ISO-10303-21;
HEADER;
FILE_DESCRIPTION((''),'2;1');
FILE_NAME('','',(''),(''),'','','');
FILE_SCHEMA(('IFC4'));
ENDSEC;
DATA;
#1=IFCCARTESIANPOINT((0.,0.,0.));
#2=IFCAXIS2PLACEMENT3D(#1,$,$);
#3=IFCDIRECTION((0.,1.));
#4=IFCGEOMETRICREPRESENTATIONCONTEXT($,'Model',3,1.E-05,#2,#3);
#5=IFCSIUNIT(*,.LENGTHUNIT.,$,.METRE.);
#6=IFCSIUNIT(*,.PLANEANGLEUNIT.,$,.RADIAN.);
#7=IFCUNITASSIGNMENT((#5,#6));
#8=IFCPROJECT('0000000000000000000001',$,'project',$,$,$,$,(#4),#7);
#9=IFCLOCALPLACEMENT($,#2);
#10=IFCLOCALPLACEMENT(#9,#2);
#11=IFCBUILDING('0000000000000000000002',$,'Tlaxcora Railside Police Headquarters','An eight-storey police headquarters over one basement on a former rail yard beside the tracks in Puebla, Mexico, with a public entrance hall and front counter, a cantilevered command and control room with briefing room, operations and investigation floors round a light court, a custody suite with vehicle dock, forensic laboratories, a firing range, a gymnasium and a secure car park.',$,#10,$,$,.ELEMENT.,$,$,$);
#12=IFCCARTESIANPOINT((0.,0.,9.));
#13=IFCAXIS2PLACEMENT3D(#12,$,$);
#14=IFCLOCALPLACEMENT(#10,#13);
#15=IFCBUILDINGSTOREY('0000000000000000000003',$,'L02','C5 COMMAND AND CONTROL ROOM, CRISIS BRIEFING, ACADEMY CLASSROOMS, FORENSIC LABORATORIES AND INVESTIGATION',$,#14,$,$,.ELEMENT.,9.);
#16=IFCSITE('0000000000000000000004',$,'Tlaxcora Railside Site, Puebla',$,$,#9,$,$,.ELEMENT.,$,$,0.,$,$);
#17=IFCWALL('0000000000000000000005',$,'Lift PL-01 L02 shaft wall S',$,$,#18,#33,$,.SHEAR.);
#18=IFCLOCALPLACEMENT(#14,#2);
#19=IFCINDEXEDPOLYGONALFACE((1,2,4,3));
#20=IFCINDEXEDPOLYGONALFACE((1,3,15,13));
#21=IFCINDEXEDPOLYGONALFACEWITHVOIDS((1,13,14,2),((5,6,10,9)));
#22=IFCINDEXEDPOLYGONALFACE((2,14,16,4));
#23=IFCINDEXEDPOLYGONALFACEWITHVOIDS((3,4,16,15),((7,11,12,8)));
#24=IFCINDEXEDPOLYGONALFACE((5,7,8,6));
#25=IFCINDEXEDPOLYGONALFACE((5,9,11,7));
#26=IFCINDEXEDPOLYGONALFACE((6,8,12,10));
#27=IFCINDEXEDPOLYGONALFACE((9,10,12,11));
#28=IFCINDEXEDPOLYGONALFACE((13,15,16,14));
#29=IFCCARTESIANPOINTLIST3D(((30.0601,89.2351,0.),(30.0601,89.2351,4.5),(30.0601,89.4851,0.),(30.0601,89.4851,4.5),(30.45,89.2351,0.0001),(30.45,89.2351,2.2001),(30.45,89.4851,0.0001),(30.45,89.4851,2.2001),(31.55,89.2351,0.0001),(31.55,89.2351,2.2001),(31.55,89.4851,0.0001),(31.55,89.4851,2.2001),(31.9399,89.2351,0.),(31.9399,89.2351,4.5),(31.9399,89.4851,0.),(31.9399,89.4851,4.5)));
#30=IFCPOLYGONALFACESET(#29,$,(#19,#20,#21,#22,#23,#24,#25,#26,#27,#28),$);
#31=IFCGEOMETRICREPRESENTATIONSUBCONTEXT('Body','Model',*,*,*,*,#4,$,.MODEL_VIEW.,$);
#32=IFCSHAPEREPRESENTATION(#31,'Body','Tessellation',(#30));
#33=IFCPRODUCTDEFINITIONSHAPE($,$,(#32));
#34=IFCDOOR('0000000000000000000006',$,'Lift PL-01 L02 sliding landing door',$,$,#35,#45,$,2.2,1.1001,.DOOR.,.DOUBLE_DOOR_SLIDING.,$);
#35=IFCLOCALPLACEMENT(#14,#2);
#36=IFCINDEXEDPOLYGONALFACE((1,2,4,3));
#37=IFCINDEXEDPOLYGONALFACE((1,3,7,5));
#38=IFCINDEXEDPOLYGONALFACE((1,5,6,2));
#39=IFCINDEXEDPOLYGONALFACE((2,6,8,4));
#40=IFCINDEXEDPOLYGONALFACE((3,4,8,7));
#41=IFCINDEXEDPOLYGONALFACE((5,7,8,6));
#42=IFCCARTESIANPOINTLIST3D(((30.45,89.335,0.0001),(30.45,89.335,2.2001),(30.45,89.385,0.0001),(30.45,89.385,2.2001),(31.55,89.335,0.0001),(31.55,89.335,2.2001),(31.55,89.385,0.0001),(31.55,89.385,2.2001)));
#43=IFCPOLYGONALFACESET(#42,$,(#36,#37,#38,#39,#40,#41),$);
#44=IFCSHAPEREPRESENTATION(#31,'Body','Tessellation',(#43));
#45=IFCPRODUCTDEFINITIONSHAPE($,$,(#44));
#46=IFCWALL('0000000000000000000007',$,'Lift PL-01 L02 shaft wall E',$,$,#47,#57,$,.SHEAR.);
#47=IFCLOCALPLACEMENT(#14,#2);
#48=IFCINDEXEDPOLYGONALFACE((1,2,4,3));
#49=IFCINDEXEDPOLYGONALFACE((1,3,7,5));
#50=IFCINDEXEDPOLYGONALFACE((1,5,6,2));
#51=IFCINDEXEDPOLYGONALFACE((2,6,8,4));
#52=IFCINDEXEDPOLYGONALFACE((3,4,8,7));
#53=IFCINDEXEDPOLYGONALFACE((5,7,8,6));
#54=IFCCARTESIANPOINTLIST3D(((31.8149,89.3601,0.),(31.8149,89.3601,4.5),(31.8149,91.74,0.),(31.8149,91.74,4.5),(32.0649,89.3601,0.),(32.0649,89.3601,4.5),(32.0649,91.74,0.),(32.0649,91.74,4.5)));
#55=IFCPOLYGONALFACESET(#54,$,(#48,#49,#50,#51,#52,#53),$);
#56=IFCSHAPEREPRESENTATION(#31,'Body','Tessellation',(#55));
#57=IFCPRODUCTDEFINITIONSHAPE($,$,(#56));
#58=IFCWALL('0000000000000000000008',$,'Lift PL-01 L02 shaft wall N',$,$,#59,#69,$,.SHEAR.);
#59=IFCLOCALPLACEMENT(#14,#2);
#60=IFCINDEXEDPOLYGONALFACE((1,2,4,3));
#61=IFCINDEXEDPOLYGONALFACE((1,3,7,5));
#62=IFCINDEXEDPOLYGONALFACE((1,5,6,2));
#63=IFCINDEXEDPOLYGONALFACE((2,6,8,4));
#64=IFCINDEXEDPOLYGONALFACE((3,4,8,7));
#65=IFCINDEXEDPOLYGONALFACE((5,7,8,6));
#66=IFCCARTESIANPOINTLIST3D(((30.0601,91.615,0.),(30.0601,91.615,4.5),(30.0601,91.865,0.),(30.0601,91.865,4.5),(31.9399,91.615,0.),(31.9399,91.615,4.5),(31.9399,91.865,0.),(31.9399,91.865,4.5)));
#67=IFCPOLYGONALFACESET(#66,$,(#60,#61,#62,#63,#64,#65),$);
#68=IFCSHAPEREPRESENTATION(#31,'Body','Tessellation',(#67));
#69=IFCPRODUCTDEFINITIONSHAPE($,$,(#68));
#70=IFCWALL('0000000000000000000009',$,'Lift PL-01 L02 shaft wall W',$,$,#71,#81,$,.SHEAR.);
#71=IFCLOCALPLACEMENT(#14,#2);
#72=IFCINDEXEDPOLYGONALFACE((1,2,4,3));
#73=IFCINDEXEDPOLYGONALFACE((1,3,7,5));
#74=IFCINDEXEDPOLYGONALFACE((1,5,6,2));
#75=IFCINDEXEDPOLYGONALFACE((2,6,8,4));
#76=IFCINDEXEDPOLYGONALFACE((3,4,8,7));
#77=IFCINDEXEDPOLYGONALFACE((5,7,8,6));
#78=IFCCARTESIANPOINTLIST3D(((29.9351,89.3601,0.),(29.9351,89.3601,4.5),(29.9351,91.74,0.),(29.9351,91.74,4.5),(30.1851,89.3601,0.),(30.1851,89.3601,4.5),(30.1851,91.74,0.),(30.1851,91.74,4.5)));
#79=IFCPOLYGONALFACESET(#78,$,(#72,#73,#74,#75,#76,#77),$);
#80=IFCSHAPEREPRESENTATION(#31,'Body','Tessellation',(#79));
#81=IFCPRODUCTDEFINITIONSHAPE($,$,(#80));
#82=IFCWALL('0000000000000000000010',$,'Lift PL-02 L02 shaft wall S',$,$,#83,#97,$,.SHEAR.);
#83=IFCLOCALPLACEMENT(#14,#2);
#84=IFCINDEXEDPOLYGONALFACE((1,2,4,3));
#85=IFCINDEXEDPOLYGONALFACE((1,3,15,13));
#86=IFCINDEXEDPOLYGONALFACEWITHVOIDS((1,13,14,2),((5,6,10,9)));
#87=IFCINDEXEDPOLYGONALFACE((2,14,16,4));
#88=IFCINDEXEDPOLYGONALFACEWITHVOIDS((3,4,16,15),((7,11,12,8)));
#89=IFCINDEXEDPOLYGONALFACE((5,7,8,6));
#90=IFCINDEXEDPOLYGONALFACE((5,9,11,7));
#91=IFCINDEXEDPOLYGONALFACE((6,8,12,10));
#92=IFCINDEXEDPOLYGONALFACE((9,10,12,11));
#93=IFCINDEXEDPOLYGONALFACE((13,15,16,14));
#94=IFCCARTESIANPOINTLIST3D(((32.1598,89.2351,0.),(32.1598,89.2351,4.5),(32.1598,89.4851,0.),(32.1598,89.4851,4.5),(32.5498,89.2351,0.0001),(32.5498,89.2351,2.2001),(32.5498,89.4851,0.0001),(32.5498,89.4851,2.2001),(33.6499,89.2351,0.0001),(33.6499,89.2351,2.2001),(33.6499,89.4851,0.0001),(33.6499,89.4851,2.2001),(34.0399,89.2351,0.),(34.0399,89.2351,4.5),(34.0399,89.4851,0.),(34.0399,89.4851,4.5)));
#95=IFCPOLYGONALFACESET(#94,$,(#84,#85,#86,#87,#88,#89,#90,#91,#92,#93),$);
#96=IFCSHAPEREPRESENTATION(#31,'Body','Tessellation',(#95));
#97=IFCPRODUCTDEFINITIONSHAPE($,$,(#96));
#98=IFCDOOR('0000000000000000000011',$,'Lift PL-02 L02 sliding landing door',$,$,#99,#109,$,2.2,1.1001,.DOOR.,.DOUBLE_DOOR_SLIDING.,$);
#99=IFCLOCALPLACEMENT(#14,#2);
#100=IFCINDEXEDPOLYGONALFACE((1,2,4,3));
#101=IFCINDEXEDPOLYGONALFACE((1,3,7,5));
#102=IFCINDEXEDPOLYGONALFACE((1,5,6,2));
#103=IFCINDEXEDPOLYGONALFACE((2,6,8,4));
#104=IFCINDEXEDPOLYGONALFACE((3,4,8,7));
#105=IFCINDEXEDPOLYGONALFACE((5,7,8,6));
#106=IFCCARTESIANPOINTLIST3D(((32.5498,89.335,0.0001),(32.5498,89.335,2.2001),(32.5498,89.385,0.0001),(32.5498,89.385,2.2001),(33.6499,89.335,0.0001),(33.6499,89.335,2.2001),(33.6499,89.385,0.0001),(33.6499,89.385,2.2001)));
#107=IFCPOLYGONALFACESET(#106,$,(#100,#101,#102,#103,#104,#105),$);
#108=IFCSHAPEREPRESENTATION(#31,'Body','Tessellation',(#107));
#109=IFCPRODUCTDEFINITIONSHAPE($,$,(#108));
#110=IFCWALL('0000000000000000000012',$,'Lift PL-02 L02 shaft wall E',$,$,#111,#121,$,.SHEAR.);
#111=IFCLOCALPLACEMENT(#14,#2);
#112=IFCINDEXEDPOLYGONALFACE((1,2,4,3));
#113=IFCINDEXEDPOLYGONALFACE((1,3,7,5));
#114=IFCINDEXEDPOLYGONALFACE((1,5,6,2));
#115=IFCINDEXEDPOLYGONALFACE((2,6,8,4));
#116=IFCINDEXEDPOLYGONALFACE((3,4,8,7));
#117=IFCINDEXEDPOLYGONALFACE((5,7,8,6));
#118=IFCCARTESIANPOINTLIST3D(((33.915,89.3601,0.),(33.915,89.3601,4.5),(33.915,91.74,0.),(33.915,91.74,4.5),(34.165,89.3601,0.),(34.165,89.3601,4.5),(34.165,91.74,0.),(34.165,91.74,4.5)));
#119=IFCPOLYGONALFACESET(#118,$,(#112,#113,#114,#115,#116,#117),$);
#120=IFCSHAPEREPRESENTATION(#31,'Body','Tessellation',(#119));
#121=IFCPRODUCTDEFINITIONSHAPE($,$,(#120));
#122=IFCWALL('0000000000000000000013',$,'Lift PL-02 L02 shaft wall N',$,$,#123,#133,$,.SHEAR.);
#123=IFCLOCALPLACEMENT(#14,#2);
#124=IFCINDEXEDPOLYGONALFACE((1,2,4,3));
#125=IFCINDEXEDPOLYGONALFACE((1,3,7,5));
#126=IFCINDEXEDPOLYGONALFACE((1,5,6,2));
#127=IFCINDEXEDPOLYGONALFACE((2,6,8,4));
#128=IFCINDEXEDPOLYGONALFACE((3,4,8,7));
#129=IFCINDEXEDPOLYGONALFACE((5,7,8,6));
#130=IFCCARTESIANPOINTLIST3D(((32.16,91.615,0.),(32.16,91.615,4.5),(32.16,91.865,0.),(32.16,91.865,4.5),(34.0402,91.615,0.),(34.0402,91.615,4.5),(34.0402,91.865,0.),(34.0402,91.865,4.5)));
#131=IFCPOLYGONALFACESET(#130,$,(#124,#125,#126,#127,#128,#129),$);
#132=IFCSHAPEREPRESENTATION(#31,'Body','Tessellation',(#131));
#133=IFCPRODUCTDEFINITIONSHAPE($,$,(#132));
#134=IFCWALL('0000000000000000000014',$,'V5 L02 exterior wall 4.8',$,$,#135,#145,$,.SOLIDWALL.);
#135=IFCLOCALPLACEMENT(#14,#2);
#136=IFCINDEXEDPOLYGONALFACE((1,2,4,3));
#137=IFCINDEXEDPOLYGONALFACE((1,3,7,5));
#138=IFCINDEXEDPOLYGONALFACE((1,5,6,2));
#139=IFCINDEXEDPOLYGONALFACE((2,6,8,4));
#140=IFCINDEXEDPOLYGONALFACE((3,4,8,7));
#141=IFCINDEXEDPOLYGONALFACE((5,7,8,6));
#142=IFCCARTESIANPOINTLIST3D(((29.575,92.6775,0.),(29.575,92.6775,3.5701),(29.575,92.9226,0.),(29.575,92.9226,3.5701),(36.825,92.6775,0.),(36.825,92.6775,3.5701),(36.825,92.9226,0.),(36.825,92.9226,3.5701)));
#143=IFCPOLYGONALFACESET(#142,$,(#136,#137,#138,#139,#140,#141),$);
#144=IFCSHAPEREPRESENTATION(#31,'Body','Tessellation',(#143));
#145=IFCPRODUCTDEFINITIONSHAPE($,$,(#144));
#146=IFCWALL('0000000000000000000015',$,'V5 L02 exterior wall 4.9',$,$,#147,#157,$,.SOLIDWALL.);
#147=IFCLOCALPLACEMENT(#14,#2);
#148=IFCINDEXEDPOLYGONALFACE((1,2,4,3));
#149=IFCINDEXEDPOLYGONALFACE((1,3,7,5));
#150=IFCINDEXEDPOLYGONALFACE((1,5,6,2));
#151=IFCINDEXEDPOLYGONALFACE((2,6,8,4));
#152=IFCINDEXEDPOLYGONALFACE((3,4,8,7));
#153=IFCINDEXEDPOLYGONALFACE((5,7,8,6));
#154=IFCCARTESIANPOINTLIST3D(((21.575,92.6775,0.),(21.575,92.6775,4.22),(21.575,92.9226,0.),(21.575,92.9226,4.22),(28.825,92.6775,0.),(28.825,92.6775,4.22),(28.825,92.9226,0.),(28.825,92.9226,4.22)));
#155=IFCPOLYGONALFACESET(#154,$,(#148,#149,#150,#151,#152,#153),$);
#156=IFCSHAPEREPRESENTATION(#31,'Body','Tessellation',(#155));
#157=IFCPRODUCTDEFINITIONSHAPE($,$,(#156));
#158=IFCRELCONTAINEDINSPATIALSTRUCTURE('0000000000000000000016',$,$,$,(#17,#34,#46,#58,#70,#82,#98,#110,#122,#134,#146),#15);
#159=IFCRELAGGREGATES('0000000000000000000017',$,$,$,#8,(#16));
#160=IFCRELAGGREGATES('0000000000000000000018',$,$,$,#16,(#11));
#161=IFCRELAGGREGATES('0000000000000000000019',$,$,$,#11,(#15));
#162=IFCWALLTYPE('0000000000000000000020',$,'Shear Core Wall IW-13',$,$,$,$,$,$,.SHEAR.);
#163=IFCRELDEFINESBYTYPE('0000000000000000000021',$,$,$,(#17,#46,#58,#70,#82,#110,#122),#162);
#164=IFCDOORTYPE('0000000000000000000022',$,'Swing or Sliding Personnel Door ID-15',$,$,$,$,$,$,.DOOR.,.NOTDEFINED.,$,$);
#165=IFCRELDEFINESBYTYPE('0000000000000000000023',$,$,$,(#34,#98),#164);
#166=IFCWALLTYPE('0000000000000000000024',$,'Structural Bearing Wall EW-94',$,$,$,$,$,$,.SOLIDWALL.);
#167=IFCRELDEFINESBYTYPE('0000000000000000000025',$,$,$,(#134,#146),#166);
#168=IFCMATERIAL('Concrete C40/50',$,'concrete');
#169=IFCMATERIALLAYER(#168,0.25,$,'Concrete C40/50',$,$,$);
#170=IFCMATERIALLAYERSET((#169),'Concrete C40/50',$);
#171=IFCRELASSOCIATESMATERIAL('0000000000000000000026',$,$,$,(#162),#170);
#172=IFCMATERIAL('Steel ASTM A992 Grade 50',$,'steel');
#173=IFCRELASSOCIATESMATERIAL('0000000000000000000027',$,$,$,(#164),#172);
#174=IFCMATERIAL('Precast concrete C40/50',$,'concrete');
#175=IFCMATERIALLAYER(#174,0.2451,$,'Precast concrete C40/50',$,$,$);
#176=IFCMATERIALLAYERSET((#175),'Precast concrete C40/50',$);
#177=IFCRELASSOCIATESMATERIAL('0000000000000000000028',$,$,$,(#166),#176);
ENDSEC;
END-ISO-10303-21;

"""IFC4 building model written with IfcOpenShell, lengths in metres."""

from ifc_helpers import new_model, si_unit, direction, frame, frame_2d, origin, place, context, subcontext, project, spatial, rectangle, extrude, material, layer, layer_set, type_object, element, fill, save


model = new_model("IFC4")

# Units and contexts
model_context = context("Model", 3, precision=1e-05, world=origin(), true_north=direction((0.0, 1.0)))
body_context = subcontext(model_context, "Body", "Model", "MODEL_VIEW")
ifc_project = project(units=[si_unit("LENGTHUNIT", "METRE"), si_unit("PLANEANGLEUNIT", "RADIAN")], contexts=[model_context])

# Site, building, storey
site_placement = place(None, origin())
site = spatial("IfcSite", under=ifc_project, at=site_placement, Name="Tlaxcora Railside Site, Puebla", CompositionType="ELEMENT", RefElevation=0.0)
building_placement = place(site_placement, origin())
building = spatial("IfcBuilding", under=site, at=building_placement, Name="Tlaxcora Railside Police Headquarters", Description="An eight-storey police headquarters over one basement on a former rail yard beside the tracks in Puebla, Mexico, with a public entrance hall and front counter, a cantilevered command and control room with briefing room, operations and investigation floors round a light court, a custody suite with vehicle dock, forensic laboratories, a firing range, a gymnasium and a secure car park.", CompositionType="ELEMENT")
storey_placement = place(building_placement, frame((0.0, 0.0, 9.0)))
storey = spatial("IfcBuildingStorey", under=building, at=storey_placement, Name="L02", Description="C5 COMMAND AND CONTROL ROOM, CRISIS BRIEFING, ACADEMY CLASSROOMS, FORENSIC LABORATORIES AND INVESTIGATION", CompositionType="ELEMENT", Elevation=9.0)

# Shared definitions
ifc_material_1 = material(Name="Concrete C40/50", Category="concrete")

# Shared definitions
ifc_layer_1 = layer(ifc_material_1, 0.25, Name="Concrete C40/50")
ifc_layer_set_1 = layer_set([ifc_layer_1], Name="Concrete C40/50")
wall_type_1 = type_object("IfcWallType", Name="Shear Core Wall IW-13", PredefinedType="SHEAR", material=ifc_layer_set_1)

# Wall, opening, door
wall_1_placement = place(storey_placement, frame((30.0601, 89.3601, 0.0), z_axis=(0.0, 0.0, 1.0), x_axis=(1.0, 0.0, 0.0)))
wall_1 = element("IfcWall", 1, at=wall_1_placement, inside=storey, type_object=wall_type_1, Name="Lift PL-01 L02 shaft wall S", PredefinedType="SHEAR", context=body_context, shape_type="SweptSolid", body=[
    extrude(rectangle(XDim=1.8799, YDim=0.25, at=frame_2d((0.9399, 0.0))), origin(), (0.0, 0.0, 1.0), 4.5),
])
opening_1_placement = place(wall_1_placement, frame((0.3899, 0.0, 0.0)))
opening_1 = element("IfcOpeningElement", 2, at=opening_1_placement, cuts=wall_1, PredefinedType="OPENING", context=body_context, shape_type="SweptSolid", body=[
    extrude(rectangle(XDim=1.1001, YDim=2.2, at=frame_2d((0.55, 1.1001))), frame((0.0, 0.135, 0.0), z_axis=(0.0, -1.0, 0.0), x_axis=(1.0, 0.0, 0.0)), (0.0, 0.0, 1.0), 0.27),
])
ifc_material_2 = material(Name="Steel ASTM A992 Grade 50", Category="steel")
door_type = type_object("IfcDoorType", Name="Swing or Sliding Personnel Door ID-15", OperationType="NOTDEFINED", PredefinedType="DOOR", material=ifc_material_2)
door_1_placement = place(opening_1_placement, origin())
door_1 = element("IfcDoor", 3, at=door_1_placement, inside=storey, type_object=door_type, Name="Lift PL-01 L02 sliding landing door", OperationType="DOUBLE_DOOR_SLIDING", OverallHeight=2.2, OverallWidth=1.1001, PredefinedType="DOOR", context=body_context, shape_type="SweptSolid", body=[
    extrude(rectangle(XDim=1.1001, YDim=2.2, at=frame_2d((0.55, 1.1001))), frame((0.0, 0.0249, 0.0), z_axis=(0.0, -1.0, 0.0), x_axis=(1.0, 0.0, 0.0)), (0.0, 0.0, 1.0), 0.05),
])
fill(opening_1, door_1)

# Walls
wall_2_placement = place(storey_placement, frame((31.9399, 89.3601, 0.0), z_axis=(0.0, 0.0, 1.0), x_axis=(0.0, 1.0, 0.0)))
element("IfcWall", 4, at=wall_2_placement, inside=storey, type_object=wall_type_1, Name="Lift PL-01 L02 shaft wall E", PredefinedType="SHEAR", context=body_context, shape_type="SweptSolid", body=[
    extrude(rectangle(XDim=2.3799, YDim=0.25, at=frame_2d((1.1899, 0.0))), origin(), (0.0, 0.0, 1.0), 4.5),
])
wall_3_placement = place(storey_placement, frame((31.9399, 91.74, 0.0), z_axis=(0.0, 0.0, 1.0), x_axis=(-1.0, 0.0, 0.0)))
element("IfcWall", 5, at=wall_3_placement, inside=storey, type_object=wall_type_1, Name="Lift PL-01 L02 shaft wall N", PredefinedType="SHEAR", context=body_context, shape_type="SweptSolid", body=[
    extrude(rectangle(XDim=1.8799, YDim=0.25, at=frame_2d((0.9399, 0.0))), origin(), (0.0, 0.0, 1.0), 4.5),
])
wall_4_placement = place(storey_placement, frame((30.0601, 91.74, 0.0), z_axis=(0.0, 0.0, 1.0), x_axis=(0.0, -1.0, 0.0)))
element("IfcWall", 6, at=wall_4_placement, inside=storey, type_object=wall_type_1, Name="Lift PL-01 L02 shaft wall W", PredefinedType="SHEAR", context=body_context, shape_type="SweptSolid", body=[
    extrude(rectangle(XDim=2.3799, YDim=0.25, at=frame_2d((1.1899, 0.0))), origin(), (0.0, 0.0, 1.0), 4.5),
])

# Wall, opening, door
wall_5_placement = place(storey_placement, frame((32.1599, 89.3601, 0.0), z_axis=(0.0, 0.0, 1.0), x_axis=(1.0, 0.0, 0.0)))
wall_5 = element("IfcWall", 7, at=wall_5_placement, inside=storey, type_object=wall_type_1, Name="Lift PL-02 L02 shaft wall S", PredefinedType="SHEAR", context=body_context, shape_type="SweptSolid", body=[
    extrude(rectangle(XDim=1.8801, YDim=0.25, at=frame_2d((0.9399, 0.0))), origin(), (0.0, 0.0, 1.0), 4.5),
])
opening_2_placement = place(wall_5_placement, frame((0.3899, 0.0, 0.0)))
opening_2 = element("IfcOpeningElement", 8, at=opening_2_placement, cuts=wall_5, PredefinedType="OPENING", context=body_context, shape_type="SweptSolid", body=[
    extrude(rectangle(XDim=1.1001, YDim=2.2, at=frame_2d((0.55, 1.1001))), frame((0.0, 0.135, 0.0), z_axis=(0.0, -1.0, 0.0), x_axis=(1.0, 0.0, 0.0)), (0.0, 0.0, 1.0), 0.27),
])
door_2_placement = place(opening_2_placement, origin())
door_2 = element("IfcDoor", 9, at=door_2_placement, inside=storey, type_object=door_type, Name="Lift PL-02 L02 sliding landing door", OperationType="DOUBLE_DOOR_SLIDING", OverallHeight=2.2, OverallWidth=1.1001, PredefinedType="DOOR", context=body_context, shape_type="SweptSolid", body=[
    extrude(rectangle(XDim=1.1001, YDim=2.2, at=frame_2d((0.55, 1.1001))), frame((0.0, 0.0249, 0.0), z_axis=(0.0, -1.0, 0.0), x_axis=(1.0, 0.0, 0.0)), (0.0, 0.0, 1.0), 0.05),
])
fill(opening_2, door_2)

# Walls
wall_6_placement = place(storey_placement, frame((34.04, 89.3601, 0.0), z_axis=(0.0, 0.0, 1.0), x_axis=(0.0, 1.0, 0.0)))
element("IfcWall", 10, at=wall_6_placement, inside=storey, type_object=wall_type_1, Name="Lift PL-02 L02 shaft wall E", PredefinedType="SHEAR", context=body_context, shape_type="SweptSolid", body=[
    extrude(rectangle(XDim=2.3799, YDim=0.25, at=frame_2d((1.1899, 0.0))), origin(), (0.0, 0.0, 1.0), 4.5),
])
wall_7_placement = place(storey_placement, frame((34.04, 91.74, 0.0), z_axis=(0.0, 0.0, 1.0), x_axis=(-1.0, 0.0, 0.0)))
element("IfcWall", 11, at=wall_7_placement, inside=storey, type_object=wall_type_1, Name="Lift PL-02 L02 shaft wall N", PredefinedType="SHEAR", context=body_context, shape_type="SweptSolid", body=[
    extrude(rectangle(XDim=1.8801, YDim=0.25, at=frame_2d((0.9399, 0.0))), origin(), (0.0, 0.0, 1.0), 4.5),
])
ifc_material_3 = material(Name="Precast concrete C40/50", Category="concrete")
ifc_layer_2 = layer(ifc_material_3, 0.2451, Name="Precast concrete C40/50")
ifc_layer_set_2 = layer_set([ifc_layer_2], Name="Precast concrete C40/50")
wall_type_2 = type_object("IfcWallType", Name="Structural Bearing Wall EW-94", PredefinedType="SOLIDWALL", material=ifc_layer_set_2)
wall_8_placement = place(storey_placement, frame((36.825, 92.8, 0.0), z_axis=(0.0, 0.0, 1.0), x_axis=(-1.0, 0.0, 0.0)))
element("IfcWall", 12, at=wall_8_placement, inside=storey, type_object=wall_type_2, Name="V5 L02 exterior wall 4.8", PredefinedType="SOLIDWALL", context=body_context, shape_type="SweptSolid", body=[
    extrude(rectangle(XDim=7.25, YDim=0.2451, at=frame_2d((3.625, 0.0))), origin(), (0.0, 0.0, 1.0), 3.5701),
])
wall_9_placement = place(storey_placement, frame((28.825, 92.8, 0.0), z_axis=(0.0, 0.0, 1.0), x_axis=(-1.0, 0.0, 0.0)))
element("IfcWall", 13, at=wall_9_placement, inside=storey, type_object=wall_type_2, Name="V5 L02 exterior wall 4.9", PredefinedType="SOLIDWALL", context=body_context, shape_type="SweptSolid", body=[
    extrude(rectangle(XDim=7.25, YDim=0.2451, at=frame_2d((3.625, 0.0))), origin(), (0.0, 0.0, 1.0), 4.22),
])

save(model, "model.ifc")
